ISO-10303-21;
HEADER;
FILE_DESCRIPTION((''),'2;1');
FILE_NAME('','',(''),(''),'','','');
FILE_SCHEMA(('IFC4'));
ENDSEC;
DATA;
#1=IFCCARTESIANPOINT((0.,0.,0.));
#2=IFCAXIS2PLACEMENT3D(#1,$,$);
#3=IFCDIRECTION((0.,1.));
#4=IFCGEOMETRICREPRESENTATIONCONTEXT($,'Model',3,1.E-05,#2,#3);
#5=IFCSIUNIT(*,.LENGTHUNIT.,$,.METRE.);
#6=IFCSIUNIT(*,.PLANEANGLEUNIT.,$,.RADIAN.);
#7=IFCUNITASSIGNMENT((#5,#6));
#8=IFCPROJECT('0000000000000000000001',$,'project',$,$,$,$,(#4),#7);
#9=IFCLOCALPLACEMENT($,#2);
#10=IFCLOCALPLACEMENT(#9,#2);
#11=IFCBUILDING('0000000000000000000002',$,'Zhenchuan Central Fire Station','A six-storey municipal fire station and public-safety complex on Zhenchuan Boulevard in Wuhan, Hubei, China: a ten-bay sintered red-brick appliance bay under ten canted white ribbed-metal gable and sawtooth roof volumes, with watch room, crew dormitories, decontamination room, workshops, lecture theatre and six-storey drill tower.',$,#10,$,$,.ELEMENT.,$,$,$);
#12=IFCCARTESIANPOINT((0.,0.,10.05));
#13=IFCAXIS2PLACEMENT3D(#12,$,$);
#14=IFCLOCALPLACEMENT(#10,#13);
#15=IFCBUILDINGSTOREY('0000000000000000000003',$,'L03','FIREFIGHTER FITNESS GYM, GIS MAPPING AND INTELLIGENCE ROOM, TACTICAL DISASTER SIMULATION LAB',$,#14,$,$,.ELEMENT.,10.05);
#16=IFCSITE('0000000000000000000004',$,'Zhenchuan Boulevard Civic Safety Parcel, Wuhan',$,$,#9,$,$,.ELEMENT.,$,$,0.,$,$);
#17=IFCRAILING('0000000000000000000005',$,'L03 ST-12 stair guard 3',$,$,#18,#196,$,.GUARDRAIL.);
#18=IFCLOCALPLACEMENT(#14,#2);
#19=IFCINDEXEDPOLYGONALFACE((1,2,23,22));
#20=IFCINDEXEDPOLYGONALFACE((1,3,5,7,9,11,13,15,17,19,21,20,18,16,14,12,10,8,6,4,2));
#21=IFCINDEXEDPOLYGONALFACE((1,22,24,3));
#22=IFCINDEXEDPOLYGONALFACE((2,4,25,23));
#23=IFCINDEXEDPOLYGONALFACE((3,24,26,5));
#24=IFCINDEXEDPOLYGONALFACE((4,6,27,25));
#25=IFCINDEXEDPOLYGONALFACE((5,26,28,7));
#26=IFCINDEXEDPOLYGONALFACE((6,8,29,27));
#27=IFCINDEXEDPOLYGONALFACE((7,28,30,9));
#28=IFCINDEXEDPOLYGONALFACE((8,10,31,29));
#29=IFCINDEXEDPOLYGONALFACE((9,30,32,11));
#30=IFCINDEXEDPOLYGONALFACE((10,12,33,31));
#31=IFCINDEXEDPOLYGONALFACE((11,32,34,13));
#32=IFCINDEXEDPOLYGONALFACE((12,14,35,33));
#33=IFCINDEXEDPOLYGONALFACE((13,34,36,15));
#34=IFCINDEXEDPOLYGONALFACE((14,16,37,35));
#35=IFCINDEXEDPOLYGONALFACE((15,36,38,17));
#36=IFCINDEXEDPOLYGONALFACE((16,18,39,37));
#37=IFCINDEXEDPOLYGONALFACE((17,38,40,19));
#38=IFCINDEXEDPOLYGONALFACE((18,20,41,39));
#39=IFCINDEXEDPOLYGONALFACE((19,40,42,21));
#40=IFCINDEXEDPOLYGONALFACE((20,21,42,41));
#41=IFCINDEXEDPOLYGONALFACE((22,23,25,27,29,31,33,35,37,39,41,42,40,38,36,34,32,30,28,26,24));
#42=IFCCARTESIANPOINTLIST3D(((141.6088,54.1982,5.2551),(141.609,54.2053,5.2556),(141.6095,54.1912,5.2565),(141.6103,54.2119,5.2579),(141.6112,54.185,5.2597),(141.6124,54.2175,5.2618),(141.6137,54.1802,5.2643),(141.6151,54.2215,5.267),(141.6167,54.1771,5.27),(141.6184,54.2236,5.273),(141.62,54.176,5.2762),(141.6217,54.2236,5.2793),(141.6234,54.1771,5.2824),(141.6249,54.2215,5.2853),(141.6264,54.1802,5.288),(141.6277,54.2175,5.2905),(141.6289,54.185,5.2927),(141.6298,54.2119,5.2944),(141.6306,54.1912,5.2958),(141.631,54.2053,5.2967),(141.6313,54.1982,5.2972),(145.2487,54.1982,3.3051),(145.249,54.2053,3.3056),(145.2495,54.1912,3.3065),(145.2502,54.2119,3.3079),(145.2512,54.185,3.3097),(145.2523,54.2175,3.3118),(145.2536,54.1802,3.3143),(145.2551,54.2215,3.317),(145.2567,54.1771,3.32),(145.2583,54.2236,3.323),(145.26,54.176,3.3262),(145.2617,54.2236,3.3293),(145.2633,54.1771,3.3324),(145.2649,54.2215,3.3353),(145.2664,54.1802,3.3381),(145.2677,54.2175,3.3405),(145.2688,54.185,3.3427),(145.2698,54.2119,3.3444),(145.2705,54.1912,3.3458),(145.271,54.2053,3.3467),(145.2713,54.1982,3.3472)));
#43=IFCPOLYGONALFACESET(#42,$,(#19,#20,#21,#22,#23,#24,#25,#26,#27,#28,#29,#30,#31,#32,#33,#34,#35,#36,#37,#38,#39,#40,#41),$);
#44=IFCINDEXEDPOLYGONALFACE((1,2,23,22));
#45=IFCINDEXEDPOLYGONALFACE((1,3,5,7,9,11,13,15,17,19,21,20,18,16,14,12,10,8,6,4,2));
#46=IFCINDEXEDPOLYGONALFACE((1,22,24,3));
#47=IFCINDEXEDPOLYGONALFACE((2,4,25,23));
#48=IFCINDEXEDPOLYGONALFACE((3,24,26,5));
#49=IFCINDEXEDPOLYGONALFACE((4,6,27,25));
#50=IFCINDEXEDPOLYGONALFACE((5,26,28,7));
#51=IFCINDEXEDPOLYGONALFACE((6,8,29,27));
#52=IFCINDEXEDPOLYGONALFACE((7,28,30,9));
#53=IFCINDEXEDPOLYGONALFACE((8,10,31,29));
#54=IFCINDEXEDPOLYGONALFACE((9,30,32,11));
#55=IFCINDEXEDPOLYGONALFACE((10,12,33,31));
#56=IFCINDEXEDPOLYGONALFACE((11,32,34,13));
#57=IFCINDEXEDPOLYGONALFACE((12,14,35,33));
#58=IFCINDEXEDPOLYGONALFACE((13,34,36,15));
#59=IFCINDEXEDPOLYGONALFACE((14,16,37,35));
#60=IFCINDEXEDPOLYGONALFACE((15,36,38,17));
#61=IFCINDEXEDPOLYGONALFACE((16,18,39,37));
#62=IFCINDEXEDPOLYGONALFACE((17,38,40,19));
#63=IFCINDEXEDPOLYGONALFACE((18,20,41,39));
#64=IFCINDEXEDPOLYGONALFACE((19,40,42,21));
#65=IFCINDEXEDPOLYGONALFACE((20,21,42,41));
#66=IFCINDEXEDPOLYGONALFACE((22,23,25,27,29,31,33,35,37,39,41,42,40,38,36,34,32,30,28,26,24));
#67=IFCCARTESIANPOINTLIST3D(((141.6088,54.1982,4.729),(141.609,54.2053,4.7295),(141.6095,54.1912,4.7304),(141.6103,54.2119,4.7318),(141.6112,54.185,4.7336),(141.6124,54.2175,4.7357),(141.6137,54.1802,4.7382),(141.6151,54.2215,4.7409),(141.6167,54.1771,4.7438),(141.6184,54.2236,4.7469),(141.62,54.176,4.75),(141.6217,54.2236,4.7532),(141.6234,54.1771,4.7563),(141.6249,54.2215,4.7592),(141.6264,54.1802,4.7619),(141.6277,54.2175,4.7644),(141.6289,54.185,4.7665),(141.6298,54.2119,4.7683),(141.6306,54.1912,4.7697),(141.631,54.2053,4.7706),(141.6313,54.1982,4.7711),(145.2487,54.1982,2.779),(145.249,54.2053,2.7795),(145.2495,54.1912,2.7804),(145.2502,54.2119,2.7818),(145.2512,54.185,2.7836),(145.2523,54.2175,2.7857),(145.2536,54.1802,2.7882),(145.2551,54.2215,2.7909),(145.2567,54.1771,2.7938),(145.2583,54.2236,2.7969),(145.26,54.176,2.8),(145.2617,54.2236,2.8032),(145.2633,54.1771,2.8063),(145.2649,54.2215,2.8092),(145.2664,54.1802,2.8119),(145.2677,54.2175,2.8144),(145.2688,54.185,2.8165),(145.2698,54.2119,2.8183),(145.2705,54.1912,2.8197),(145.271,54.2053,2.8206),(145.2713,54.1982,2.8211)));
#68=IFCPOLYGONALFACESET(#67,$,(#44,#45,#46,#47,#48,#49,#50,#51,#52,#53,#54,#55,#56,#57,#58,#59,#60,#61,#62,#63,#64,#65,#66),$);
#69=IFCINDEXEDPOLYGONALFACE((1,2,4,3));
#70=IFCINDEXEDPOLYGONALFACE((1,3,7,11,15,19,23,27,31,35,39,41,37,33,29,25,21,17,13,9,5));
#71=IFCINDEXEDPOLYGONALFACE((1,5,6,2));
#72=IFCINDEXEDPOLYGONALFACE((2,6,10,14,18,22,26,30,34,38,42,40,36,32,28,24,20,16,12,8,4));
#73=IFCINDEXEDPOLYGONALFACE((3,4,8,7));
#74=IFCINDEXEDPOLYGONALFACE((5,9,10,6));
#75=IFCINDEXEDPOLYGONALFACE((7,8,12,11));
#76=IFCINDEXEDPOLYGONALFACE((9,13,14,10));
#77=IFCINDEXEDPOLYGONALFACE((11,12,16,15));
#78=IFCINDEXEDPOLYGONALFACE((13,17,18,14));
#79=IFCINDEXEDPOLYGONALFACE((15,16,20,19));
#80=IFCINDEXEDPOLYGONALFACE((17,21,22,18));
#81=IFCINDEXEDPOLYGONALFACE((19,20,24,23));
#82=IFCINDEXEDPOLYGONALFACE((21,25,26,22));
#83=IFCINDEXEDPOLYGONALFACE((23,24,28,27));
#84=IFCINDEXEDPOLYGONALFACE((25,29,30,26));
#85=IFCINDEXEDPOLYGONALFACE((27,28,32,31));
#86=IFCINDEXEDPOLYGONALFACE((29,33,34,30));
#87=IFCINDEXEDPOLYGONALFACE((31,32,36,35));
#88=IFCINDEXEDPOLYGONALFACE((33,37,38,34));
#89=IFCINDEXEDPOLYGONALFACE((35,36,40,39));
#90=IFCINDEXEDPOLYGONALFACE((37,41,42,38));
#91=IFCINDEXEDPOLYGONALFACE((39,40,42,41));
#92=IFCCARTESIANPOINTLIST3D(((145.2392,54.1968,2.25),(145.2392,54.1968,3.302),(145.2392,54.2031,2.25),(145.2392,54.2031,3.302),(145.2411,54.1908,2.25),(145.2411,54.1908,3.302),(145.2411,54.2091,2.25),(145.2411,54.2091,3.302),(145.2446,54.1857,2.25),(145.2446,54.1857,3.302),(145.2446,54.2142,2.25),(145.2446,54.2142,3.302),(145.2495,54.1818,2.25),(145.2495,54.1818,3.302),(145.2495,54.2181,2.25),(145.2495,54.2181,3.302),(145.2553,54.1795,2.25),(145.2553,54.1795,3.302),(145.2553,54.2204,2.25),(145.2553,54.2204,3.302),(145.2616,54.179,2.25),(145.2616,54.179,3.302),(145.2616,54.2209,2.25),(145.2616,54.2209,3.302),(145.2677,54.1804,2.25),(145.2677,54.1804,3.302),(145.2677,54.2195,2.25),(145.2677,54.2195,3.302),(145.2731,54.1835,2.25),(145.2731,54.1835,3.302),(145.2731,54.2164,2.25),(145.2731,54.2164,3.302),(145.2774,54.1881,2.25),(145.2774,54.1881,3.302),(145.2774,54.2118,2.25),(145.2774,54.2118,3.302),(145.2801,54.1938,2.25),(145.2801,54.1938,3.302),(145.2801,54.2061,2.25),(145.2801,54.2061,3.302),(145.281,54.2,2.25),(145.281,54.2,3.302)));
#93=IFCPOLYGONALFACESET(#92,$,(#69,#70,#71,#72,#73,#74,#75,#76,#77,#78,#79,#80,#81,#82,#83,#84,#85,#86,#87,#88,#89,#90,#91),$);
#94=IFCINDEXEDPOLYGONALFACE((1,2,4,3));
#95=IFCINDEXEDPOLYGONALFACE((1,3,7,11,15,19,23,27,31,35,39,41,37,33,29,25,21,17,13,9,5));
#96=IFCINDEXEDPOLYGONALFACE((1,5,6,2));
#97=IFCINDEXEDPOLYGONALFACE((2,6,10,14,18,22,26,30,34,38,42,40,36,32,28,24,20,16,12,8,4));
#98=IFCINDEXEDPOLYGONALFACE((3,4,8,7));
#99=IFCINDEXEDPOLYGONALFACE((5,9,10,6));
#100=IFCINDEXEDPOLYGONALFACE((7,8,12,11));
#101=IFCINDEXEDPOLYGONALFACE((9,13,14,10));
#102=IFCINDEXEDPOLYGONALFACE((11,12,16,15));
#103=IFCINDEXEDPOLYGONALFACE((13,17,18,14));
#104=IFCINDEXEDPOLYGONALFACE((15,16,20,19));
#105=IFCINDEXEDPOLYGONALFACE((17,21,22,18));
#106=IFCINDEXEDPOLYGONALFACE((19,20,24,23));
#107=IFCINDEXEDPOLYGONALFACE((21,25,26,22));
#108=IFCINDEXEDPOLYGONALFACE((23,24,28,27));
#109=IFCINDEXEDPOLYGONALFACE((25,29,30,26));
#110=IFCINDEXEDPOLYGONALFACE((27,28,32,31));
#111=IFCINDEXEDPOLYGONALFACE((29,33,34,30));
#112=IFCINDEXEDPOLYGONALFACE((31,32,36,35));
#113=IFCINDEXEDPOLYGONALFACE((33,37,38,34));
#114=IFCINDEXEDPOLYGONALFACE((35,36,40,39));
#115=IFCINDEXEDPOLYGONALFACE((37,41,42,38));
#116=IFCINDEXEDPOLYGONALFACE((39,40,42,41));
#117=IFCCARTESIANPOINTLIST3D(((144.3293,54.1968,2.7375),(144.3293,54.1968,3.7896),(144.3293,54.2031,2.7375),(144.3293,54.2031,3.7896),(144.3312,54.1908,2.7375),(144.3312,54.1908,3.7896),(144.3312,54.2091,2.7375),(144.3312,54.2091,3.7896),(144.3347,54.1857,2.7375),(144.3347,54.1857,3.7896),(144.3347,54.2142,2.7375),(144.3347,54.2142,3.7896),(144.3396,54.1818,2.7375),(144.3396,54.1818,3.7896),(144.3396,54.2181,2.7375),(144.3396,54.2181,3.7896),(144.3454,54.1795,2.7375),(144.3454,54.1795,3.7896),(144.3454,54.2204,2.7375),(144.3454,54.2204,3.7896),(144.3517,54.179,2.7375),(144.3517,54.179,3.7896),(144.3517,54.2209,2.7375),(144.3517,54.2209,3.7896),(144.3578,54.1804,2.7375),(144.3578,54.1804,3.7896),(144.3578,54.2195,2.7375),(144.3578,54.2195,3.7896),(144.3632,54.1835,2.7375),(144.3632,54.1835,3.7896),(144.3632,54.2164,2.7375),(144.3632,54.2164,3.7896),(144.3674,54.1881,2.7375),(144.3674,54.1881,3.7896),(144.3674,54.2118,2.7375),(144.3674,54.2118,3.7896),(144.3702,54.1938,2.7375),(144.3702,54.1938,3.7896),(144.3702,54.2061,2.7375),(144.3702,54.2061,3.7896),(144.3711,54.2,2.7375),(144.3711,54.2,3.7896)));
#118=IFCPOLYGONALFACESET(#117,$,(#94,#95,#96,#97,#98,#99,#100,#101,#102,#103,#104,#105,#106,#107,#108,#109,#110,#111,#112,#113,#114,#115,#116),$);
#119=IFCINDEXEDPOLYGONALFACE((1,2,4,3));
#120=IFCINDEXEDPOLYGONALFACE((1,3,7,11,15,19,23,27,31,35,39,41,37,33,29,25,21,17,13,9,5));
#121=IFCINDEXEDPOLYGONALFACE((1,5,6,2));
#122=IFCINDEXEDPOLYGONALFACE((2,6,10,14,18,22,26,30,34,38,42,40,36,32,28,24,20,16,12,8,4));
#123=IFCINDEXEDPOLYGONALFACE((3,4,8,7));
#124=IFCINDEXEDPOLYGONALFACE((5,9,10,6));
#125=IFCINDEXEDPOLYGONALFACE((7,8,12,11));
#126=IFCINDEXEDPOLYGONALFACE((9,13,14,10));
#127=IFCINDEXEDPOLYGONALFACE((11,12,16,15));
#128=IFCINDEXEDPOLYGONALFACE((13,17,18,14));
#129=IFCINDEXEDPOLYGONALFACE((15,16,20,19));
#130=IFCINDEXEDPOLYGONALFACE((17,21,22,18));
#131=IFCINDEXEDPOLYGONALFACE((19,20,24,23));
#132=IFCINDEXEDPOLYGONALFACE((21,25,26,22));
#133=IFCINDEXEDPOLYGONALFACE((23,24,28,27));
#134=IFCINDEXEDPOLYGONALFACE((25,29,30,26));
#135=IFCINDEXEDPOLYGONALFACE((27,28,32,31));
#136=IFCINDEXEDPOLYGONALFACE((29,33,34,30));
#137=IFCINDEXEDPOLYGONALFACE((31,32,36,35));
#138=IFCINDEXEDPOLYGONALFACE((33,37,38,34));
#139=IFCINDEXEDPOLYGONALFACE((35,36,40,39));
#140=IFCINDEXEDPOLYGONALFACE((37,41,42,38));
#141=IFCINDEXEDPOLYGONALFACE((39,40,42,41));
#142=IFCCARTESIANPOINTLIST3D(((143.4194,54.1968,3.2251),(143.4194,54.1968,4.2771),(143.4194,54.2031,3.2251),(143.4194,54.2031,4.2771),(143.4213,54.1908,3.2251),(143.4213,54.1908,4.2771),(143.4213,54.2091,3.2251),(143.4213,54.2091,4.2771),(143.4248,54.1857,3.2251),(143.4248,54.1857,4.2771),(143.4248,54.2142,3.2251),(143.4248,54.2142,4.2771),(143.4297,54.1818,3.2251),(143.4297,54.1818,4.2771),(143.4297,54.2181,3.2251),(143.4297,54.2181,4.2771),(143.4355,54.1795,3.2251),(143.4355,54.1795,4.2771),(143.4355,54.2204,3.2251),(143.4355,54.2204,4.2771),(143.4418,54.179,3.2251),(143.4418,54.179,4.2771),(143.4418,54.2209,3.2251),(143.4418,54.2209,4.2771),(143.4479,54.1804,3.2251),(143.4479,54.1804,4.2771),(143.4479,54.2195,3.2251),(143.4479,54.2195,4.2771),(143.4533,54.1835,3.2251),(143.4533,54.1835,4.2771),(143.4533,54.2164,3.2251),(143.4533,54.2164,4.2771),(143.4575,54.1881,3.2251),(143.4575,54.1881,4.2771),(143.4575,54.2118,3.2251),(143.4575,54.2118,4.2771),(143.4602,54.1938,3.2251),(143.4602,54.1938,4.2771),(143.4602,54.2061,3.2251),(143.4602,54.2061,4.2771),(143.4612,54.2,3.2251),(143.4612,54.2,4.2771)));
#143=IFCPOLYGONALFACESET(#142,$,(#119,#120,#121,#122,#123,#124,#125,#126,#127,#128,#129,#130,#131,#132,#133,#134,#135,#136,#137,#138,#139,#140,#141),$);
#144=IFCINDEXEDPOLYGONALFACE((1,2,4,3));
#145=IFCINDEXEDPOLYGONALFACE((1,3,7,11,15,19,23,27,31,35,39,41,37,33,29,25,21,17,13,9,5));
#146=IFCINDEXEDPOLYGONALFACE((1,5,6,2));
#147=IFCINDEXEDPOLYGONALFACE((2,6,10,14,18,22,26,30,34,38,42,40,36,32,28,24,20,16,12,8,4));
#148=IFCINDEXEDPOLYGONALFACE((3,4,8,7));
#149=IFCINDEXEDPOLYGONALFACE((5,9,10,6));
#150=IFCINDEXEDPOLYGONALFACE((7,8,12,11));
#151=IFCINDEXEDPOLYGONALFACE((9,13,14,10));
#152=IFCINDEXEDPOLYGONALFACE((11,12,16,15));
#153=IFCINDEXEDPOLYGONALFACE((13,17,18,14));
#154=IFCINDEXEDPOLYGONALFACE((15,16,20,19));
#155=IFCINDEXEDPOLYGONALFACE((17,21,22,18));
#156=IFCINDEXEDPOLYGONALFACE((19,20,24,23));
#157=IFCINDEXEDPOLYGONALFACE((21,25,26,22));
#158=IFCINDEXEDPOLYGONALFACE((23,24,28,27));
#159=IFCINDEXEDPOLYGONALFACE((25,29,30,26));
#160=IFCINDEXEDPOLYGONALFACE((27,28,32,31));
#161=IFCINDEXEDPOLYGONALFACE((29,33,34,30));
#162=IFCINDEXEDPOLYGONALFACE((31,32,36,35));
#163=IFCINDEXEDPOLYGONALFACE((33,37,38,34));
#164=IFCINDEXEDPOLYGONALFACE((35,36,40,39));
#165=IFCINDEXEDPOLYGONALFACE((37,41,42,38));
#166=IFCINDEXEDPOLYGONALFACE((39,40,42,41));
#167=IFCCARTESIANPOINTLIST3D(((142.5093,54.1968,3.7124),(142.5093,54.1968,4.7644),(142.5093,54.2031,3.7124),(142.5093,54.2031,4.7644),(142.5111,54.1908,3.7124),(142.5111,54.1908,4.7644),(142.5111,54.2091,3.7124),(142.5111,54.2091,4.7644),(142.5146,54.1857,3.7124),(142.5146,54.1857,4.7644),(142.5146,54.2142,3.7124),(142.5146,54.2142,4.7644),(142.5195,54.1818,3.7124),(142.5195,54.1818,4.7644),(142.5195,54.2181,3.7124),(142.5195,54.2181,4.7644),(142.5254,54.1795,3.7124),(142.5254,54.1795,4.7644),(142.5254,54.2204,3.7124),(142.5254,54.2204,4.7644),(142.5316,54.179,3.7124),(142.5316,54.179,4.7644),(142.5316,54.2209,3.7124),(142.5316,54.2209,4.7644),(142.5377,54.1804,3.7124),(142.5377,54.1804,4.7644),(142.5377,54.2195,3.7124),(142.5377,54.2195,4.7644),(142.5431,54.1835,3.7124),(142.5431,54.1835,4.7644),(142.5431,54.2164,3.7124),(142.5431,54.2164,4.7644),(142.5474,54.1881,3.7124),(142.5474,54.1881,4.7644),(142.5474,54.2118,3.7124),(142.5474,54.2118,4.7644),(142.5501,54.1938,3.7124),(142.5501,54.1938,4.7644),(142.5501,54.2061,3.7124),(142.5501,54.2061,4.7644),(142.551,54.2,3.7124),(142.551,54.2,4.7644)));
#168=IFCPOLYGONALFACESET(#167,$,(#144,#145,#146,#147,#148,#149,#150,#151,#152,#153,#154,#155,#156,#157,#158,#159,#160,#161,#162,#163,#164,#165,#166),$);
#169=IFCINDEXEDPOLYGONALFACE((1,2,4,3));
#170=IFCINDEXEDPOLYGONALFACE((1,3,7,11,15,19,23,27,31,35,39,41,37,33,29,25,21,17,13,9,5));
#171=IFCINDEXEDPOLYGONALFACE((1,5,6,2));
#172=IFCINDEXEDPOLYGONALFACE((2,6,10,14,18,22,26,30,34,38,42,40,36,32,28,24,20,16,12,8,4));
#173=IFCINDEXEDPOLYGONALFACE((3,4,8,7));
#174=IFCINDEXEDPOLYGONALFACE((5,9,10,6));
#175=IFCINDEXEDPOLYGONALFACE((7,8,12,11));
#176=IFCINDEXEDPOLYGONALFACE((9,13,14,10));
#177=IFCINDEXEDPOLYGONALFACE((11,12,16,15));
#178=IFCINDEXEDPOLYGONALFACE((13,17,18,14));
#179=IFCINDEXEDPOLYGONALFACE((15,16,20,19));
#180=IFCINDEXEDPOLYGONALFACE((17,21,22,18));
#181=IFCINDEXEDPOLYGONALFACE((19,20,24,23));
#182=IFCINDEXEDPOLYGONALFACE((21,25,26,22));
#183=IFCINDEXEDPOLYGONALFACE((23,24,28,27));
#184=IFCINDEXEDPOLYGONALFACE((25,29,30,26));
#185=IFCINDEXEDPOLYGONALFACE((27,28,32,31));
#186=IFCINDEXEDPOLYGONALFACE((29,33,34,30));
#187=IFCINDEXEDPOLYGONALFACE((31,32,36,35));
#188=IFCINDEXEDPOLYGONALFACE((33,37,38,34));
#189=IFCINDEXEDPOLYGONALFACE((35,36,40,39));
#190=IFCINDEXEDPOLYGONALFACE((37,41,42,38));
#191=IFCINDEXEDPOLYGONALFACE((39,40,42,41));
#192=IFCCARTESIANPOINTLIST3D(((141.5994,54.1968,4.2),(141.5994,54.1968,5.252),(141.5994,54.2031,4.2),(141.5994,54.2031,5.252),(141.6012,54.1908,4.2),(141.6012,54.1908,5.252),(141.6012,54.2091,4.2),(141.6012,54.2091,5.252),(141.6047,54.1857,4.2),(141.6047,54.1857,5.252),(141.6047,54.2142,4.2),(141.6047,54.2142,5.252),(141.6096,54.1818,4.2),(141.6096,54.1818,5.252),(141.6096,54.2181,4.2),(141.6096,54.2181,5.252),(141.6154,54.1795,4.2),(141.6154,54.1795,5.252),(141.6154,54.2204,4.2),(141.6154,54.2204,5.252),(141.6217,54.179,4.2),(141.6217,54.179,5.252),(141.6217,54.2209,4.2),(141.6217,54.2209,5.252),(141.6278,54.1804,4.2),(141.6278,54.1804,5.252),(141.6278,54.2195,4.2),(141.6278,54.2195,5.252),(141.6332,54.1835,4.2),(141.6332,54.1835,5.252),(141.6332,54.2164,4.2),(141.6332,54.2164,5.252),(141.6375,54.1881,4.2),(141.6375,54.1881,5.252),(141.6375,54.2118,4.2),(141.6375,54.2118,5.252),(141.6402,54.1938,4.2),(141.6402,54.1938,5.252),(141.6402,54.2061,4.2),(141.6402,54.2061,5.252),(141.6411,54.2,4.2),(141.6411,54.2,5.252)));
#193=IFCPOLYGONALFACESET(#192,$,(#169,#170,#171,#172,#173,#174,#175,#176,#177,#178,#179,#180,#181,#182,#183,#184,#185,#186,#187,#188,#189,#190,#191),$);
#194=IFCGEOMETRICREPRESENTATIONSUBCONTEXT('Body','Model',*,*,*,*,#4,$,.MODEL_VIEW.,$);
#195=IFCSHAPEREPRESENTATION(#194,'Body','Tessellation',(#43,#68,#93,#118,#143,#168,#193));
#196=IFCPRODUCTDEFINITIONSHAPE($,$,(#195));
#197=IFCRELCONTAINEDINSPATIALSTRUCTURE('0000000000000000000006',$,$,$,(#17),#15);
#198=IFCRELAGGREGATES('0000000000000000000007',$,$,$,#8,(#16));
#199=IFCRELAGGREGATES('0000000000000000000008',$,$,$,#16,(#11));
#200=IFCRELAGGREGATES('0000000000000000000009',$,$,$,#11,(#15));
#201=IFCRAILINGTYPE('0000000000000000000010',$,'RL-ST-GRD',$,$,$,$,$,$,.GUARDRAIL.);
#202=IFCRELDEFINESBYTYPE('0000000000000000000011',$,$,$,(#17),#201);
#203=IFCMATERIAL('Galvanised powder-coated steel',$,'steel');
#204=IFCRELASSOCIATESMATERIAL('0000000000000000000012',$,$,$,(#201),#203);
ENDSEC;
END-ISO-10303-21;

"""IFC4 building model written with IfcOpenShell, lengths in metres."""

from ifc_helpers import new_model, si_unit, direction, frame, origin, origin_2d, place, context, subcontext, project, spatial, circle, extrude, material, type_object, element, save


model = new_model("IFC4")

# Units and contexts
model_context = context("Model", 3, precision=1e-05, world=origin(), true_north=direction((0.0, 1.0)))
body_context = subcontext(model_context, "Body", "Model", "MODEL_VIEW")
ifc_project = project(units=[si_unit("LENGTHUNIT", "METRE"), si_unit("PLANEANGLEUNIT", "RADIAN")], contexts=[model_context])

# Site, building, storey
site_placement = place(None, origin())
site = spatial("IfcSite", under=ifc_project, at=site_placement, Name="Zhenchuan Boulevard Civic Safety Parcel, Wuhan", CompositionType="ELEMENT", RefElevation=0.0)
building_placement = place(site_placement, origin())
building = spatial("IfcBuilding", under=site, at=building_placement, Name="Zhenchuan Central Fire Station", Description="A six-storey municipal fire station and public-safety complex on Zhenchuan Boulevard in Wuhan, Hubei, China: a ten-bay sintered red-brick appliance bay under ten canted white ribbed-metal gable and sawtooth roof volumes, with watch room, crew dormitories, decontamination room, workshops, lecture theatre and six-storey drill tower.", CompositionType="ELEMENT")
storey_placement = place(building_placement, frame((0.0, 0.0, 10.05)))
storey = spatial("IfcBuildingStorey", under=building, at=storey_placement, Name="L03", Description="FIREFIGHTER FITNESS GYM, GIS MAPPING AND INTELLIGENCE ROOM, TACTICAL DISASTER SIMULATION LAB", CompositionType="ELEMENT", Elevation=10.05)

# Railing
ifc_material_1 = material(Name="Galvanised powder-coated steel", Category="steel")
railing_type_1 = type_object("IfcRailingType", Name="RL-ST-GRD", PredefinedType="GUARDRAIL", material=ifc_material_1)
railing_1_placement = place(storey_placement, frame((145.26, 54.2, 2.25)))
element("IfcRailing", 1, at=railing_1_placement, inside=storey, type_object=railing_type_1, Name="L03 ST-12 stair guard 3", PredefinedType="GUARDRAIL", context=body_context, shape_type="SweptSolid", body=[
    extrude(circle(Radius=0.0239, at=origin_2d()), frame((0.0, 0.0, 1.0762), z_axis=(-0.881479, 0.0, 0.472223), x_axis=(0.0, -1.0, 0.0)), (0.0, 0.0, 1.0), 4.1294),
    extrude(circle(Radius=0.0239, at=origin_2d()), frame((0.0, 0.0, 0.55), z_axis=(-0.881479, 0.0, 0.472223), x_axis=(0.0, -1.0, 0.0)), (0.0, 0.0, 1.0), 4.1294),
    extrude(circle(Radius=0.021, at=origin_2d()), origin(), (0.0, 0.0, 1.0), 1.052),
    extrude(circle(Radius=0.021, at=origin_2d()), frame((-0.9099, 0.0, 0.4875)), (0.0, 0.0, 1.0), 1.052),
    extrude(circle(Radius=0.021, at=origin_2d()), frame((-1.8198, 0.0, 0.9751)), (0.0, 0.0, 1.0), 1.052),
    extrude(circle(Radius=0.021, at=origin_2d()), frame((-2.73, 0.0, 1.4624)), (0.0, 0.0, 1.0), 1.052),
    extrude(circle(Radius=0.021, at=origin_2d()), frame((-3.6399, 0.0, 1.95)), (0.0, 0.0, 1.0), 1.052),
])

save(model, "model.ifc")
